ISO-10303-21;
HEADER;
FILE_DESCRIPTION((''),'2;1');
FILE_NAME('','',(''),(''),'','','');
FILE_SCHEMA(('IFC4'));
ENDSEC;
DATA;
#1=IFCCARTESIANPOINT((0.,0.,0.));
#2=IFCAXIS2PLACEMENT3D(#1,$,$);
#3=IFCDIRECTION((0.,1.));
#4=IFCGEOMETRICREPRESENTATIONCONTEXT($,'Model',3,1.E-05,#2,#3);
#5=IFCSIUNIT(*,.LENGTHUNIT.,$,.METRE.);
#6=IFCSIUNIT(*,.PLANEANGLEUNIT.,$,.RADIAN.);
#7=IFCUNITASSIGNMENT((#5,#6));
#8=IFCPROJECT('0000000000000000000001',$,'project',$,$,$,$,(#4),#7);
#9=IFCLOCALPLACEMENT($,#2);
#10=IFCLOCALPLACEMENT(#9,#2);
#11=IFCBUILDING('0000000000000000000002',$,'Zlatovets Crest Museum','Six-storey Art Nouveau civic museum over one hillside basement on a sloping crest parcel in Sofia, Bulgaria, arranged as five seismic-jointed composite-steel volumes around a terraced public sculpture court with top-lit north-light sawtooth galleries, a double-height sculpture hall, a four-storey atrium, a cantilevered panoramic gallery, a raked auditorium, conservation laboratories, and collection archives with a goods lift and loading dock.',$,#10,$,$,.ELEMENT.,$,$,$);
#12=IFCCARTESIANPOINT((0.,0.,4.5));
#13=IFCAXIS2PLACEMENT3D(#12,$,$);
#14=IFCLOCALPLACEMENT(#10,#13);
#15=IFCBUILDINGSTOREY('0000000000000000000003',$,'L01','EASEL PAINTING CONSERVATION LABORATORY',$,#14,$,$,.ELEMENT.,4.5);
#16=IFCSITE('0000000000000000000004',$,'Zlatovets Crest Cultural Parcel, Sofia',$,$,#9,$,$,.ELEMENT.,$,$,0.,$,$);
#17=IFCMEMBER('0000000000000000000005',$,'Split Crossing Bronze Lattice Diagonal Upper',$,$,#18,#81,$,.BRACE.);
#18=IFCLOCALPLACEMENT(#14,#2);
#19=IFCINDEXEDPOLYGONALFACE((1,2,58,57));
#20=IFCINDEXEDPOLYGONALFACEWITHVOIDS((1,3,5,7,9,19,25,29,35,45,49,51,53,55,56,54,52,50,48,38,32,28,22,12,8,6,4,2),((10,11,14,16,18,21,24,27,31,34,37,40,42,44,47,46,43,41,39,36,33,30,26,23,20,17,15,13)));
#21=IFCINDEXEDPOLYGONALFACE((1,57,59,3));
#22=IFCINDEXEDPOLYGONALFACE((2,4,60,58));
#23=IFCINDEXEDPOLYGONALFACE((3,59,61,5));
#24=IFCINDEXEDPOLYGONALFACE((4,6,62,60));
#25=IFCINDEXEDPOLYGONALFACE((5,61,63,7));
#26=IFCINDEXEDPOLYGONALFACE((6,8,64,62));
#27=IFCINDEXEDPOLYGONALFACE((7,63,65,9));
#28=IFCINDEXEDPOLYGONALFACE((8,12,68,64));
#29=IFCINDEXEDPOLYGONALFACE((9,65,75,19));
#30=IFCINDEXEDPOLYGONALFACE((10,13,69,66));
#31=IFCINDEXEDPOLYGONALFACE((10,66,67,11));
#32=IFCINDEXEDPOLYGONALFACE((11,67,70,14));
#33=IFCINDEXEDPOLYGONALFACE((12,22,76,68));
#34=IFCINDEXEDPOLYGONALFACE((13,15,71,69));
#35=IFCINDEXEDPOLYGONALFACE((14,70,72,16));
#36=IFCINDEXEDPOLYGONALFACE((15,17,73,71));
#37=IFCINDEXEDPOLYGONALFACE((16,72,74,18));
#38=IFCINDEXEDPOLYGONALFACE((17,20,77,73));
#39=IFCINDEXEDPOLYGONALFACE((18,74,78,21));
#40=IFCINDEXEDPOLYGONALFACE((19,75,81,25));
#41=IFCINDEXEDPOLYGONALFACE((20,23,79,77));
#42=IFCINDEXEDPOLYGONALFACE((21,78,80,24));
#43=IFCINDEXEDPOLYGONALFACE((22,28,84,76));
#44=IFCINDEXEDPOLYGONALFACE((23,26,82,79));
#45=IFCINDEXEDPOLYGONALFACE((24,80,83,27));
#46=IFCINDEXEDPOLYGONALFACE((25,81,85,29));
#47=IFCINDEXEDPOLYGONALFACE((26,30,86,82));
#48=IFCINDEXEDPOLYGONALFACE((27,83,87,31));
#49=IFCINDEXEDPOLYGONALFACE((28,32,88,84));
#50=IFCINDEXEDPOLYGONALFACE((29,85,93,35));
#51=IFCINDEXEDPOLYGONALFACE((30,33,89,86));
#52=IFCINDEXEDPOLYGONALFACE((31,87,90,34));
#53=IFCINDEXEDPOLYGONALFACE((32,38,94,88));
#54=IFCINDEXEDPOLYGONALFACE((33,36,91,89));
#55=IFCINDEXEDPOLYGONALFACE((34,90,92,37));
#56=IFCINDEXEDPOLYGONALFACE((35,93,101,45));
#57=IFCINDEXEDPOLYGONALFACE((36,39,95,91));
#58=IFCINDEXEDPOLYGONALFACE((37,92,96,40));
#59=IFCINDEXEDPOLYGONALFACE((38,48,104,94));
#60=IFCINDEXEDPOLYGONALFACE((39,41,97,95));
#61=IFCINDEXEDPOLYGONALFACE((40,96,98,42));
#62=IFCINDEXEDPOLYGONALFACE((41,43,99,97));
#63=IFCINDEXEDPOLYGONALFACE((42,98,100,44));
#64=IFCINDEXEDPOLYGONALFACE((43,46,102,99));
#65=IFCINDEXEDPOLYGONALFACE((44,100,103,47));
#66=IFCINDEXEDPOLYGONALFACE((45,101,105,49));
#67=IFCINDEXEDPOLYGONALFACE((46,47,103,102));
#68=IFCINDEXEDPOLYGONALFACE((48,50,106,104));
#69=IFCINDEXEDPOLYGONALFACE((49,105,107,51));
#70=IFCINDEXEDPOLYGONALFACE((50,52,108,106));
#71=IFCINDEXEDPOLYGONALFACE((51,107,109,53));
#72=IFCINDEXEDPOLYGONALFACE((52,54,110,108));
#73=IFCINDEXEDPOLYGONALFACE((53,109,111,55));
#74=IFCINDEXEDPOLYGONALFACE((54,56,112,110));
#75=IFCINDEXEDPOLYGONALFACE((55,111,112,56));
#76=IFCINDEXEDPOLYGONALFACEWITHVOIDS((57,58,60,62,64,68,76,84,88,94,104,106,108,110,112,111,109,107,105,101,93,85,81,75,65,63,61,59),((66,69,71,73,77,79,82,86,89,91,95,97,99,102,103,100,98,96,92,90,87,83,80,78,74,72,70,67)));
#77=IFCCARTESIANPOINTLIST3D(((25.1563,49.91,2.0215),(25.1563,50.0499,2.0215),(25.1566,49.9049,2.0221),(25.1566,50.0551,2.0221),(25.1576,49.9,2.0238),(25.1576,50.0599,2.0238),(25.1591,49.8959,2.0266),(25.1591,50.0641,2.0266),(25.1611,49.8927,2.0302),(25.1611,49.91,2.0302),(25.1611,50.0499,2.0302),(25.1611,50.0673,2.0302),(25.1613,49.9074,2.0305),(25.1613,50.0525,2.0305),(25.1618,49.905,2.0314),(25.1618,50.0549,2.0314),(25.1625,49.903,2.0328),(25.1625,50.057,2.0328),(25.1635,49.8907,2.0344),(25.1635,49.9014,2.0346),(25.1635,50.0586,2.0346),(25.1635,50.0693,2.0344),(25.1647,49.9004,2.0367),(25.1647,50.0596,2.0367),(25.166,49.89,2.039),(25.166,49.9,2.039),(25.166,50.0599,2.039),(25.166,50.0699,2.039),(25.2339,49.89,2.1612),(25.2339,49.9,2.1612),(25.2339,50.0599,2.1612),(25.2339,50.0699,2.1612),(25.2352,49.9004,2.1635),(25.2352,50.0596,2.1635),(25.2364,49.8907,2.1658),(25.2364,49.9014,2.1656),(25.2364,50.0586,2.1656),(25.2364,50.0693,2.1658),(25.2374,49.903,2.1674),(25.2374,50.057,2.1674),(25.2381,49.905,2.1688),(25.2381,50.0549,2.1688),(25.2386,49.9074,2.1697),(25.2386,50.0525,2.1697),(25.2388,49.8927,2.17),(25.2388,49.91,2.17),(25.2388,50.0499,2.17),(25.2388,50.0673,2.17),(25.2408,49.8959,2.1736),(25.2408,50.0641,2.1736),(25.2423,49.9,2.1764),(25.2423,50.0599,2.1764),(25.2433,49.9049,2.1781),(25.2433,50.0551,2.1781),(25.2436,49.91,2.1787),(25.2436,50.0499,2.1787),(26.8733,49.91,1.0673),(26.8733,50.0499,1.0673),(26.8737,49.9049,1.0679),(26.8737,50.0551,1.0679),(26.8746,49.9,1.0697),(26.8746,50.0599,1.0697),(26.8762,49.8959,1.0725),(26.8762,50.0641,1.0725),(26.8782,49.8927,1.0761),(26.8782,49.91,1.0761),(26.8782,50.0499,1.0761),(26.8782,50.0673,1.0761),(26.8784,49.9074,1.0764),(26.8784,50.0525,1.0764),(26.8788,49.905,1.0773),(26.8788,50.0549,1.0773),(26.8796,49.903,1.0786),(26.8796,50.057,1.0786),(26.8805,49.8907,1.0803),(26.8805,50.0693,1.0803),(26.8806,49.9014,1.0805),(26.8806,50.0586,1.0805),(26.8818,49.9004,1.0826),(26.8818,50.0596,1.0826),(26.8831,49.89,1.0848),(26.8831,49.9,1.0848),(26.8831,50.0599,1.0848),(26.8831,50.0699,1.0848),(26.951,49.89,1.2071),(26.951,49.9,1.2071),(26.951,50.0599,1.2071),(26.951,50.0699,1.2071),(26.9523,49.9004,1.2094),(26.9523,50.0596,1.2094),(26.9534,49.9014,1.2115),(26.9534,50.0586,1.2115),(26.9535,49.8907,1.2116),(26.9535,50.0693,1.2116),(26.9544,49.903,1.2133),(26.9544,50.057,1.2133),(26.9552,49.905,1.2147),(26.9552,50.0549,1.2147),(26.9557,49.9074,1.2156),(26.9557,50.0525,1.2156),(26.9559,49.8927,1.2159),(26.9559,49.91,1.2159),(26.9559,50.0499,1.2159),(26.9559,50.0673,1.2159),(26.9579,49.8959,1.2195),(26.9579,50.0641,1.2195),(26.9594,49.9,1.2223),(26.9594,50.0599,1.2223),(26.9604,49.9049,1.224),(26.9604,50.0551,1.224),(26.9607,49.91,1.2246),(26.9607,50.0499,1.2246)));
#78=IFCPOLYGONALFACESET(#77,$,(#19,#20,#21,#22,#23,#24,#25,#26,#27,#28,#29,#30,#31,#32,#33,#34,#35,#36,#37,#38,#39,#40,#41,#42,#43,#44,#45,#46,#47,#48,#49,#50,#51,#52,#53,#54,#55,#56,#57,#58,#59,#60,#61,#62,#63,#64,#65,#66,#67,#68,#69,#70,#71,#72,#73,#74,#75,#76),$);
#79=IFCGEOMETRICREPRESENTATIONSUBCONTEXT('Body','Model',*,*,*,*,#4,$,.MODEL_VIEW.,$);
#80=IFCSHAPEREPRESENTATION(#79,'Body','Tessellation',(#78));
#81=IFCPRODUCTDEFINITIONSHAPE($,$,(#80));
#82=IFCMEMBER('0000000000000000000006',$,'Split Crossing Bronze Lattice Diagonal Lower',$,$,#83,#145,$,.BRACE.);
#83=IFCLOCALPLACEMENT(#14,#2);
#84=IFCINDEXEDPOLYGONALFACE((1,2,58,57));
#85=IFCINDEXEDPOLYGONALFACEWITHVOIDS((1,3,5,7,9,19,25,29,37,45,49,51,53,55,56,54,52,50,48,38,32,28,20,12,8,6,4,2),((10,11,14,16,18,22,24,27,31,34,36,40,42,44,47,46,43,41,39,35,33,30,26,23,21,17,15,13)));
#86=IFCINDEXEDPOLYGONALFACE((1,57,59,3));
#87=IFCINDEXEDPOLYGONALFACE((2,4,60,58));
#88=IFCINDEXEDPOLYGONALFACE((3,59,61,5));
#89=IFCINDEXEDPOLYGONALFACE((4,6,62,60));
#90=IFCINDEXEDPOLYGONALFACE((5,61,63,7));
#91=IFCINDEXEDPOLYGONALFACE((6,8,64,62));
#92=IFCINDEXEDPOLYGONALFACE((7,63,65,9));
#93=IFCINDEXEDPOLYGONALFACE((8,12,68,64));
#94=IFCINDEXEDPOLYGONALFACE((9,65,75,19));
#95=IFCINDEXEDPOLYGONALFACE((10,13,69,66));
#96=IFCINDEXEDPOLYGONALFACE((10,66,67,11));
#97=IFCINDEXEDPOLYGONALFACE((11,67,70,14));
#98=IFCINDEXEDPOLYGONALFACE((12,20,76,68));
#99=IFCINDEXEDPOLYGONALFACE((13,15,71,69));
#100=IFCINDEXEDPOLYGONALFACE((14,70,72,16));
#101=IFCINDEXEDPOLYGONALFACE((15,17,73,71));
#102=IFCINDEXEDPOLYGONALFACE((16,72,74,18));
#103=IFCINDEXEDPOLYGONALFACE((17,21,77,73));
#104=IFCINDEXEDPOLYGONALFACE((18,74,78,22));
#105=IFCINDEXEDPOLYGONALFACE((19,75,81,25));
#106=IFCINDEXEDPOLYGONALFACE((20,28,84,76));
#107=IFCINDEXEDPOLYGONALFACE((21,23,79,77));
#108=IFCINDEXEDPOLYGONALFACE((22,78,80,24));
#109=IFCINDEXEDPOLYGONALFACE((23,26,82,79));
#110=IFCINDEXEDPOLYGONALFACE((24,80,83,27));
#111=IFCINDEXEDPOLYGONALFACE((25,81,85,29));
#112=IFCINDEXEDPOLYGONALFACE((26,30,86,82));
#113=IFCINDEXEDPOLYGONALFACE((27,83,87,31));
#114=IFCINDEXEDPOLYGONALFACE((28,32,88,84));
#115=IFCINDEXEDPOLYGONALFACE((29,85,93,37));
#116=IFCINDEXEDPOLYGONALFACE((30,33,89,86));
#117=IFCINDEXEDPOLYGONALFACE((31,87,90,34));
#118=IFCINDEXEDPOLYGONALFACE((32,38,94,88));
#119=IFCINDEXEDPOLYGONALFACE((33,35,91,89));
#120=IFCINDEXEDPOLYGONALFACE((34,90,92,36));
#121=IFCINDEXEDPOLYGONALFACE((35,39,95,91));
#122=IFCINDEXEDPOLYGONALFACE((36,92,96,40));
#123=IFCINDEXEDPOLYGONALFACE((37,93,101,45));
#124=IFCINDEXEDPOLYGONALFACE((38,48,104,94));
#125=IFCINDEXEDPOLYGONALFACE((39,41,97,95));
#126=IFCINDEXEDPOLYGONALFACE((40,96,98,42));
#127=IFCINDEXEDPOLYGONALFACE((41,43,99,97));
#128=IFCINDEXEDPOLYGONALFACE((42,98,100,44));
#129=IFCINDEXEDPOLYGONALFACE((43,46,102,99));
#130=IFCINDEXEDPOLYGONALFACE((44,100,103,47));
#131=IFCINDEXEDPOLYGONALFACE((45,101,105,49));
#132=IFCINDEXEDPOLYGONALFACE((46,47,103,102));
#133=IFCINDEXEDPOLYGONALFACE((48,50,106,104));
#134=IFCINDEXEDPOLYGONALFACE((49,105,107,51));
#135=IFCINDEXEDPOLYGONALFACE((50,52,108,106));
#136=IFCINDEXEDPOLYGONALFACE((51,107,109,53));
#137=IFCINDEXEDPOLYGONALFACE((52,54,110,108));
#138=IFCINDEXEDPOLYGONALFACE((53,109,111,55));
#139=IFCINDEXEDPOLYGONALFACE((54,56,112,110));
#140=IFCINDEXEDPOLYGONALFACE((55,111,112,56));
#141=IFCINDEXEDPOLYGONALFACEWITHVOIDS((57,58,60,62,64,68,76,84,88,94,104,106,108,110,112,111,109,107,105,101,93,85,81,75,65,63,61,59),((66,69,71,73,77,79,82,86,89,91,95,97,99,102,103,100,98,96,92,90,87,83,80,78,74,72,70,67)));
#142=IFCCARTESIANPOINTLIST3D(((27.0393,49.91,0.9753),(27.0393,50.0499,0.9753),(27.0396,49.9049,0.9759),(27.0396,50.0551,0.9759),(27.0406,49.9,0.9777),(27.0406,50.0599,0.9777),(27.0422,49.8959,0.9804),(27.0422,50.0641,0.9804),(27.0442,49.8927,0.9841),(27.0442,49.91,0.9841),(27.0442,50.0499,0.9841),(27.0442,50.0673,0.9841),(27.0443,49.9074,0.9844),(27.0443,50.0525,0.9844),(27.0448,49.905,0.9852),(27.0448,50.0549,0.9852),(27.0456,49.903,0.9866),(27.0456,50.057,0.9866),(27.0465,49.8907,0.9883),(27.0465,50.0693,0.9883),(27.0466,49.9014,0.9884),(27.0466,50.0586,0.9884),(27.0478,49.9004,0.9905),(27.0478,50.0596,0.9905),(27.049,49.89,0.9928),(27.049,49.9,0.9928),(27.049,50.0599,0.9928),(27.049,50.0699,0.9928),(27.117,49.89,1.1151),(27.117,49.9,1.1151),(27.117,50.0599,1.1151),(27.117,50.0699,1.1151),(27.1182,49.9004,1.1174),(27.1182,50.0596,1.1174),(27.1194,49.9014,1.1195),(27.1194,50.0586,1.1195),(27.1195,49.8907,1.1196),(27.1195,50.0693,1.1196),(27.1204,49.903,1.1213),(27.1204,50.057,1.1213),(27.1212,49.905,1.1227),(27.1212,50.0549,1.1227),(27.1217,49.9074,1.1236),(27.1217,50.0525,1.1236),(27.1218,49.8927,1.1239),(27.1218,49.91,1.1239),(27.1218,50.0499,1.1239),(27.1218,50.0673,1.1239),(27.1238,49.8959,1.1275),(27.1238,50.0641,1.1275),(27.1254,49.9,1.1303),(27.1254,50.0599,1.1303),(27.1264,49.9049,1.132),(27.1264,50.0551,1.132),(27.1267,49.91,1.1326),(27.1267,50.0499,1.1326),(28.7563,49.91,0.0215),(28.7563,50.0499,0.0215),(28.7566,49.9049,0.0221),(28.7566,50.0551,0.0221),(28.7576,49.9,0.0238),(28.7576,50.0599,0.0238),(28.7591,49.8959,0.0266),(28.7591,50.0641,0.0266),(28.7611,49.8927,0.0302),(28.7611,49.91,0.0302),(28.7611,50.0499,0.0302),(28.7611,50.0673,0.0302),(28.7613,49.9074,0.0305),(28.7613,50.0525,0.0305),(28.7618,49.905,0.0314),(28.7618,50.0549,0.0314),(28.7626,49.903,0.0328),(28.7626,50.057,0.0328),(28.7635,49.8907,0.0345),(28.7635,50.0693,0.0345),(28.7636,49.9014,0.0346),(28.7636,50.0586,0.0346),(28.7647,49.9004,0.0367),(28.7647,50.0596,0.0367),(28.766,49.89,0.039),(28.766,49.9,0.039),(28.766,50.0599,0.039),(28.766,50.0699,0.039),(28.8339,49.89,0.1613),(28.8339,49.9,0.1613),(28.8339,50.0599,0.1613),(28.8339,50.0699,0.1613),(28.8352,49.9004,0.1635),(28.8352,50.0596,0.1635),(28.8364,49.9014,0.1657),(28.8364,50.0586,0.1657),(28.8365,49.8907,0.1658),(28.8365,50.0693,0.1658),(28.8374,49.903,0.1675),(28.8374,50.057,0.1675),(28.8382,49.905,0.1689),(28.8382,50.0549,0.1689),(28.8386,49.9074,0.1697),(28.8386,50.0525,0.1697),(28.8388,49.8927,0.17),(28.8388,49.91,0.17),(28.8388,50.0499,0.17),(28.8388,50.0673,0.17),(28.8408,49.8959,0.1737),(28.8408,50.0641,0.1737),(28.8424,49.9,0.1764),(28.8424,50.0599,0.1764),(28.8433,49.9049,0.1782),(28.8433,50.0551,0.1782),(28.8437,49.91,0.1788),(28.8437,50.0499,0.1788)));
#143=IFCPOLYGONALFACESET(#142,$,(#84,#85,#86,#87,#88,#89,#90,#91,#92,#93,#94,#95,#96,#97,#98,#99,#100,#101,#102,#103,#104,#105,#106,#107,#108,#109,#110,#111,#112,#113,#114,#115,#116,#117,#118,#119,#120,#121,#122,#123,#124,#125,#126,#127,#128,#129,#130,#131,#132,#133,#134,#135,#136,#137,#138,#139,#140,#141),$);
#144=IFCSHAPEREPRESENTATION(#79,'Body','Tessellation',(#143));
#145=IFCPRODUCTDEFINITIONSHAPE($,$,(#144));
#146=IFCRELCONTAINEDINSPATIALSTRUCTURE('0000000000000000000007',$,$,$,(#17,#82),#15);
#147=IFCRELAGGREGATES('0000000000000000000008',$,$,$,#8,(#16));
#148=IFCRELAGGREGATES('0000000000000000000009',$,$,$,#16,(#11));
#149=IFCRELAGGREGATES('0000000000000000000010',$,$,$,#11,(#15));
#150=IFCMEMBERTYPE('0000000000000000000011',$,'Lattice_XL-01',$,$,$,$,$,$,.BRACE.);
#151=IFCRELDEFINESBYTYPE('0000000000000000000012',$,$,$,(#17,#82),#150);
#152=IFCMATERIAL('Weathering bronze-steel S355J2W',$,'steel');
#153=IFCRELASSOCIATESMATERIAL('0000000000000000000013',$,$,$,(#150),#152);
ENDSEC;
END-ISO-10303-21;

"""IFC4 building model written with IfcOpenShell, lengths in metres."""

from ifc_helpers import new_model, si_unit, direction, frame, origin, origin_2d, place, context, subcontext, project, spatial, hollow_rectangle, extrude, material, material_profile, profile_set, type_object, element, save


model = new_model("IFC4")

# Units and contexts
model_context = context("Model", 3, precision=1e-05, world=origin(), true_north=direction((0.0, 1.0)))
body_context = subcontext(model_context, "Body", "Model", "MODEL_VIEW")
ifc_project = project(units=[si_unit("LENGTHUNIT", "METRE"), si_unit("PLANEANGLEUNIT", "RADIAN")], contexts=[model_context])

# Site, building, storey
site_placement = place(None, origin())
site = spatial("IfcSite", under=ifc_project, at=site_placement, Name="Zlatovets Crest Cultural Parcel, Sofia", CompositionType="ELEMENT", RefElevation=0.0)
building_placement = place(site_placement, origin())
building = spatial("IfcBuilding", under=site, at=building_placement, Name="Zlatovets Crest Museum", Description="Six-storey Art Nouveau civic museum over one hillside basement on a sloping crest parcel in Sofia, Bulgaria, arranged as five seismic-jointed composite-steel volumes around a terraced public sculpture court with top-lit north-light sawtooth galleries, a double-height sculpture hall, a four-storey atrium, a cantilevered panoramic gallery, a raked auditorium, conservation laboratories, and collection archives with a goods lift and loading dock.", CompositionType="ELEMENT")
storey_placement = place(building_placement, frame((0.0, 0.0, 4.5)))
storey = spatial("IfcBuildingStorey", under=building, at=storey_placement, Name="L01", Description="EASEL PAINTING CONSERVATION LABORATORY", CompositionType="ELEMENT", Elevation=4.5)

# Members
ifc_material_1 = material(Name="Weathering bronze-steel S355J2W", Category="steel")
ifc_material_profile_1 = material_profile(ifc_material_1, hollow_rectangle(XDim=0.1799, YDim=0.1799, WallThickness=0.01, InnerFilletRadius=0.01, OuterFilletRadius=0.02, at=origin_2d()), Name="SHS 180x180x10.0")
ifc_profile_set_1 = profile_set([ifc_material_profile_1], Name="Weathering bronze-steel S355J2W")
member_type_1 = type_object("IfcMemberType", Name="Lattice_XL-01", PredefinedType="BRACE", material=ifc_profile_set_1)
member_1_placement = place(storey_placement, frame((25.2, 49.98, 2.1001), z_axis=(0.874116, 0.0, -0.485717), x_axis=(0.0, 1.0, 0.0)))
element("IfcMember", 1, at=member_1_placement, inside=storey, type_object=member_type_1, Name="Split Crossing Bronze Lattice Diagonal Upper", PredefinedType="BRACE", context=body_context, shape_type="SweptSolid", body=[
    extrude(hollow_rectangle(XDim=0.1799, YDim=0.1799, WallThickness=0.01, InnerFilletRadius=0.01, OuterFilletRadius=0.02, at=origin_2d()), origin(), (0.0, 0.0, 1.0), 1.9644),
])
member_2_placement = place(storey_placement, frame((27.083, 49.98, 1.054), z_axis=(0.874169, 0.0, -0.485622), x_axis=(0.0, 1.0, 0.0)))
element("IfcMember", 2, at=member_2_placement, inside=storey, type_object=member_type_1, Name="Split Crossing Bronze Lattice Diagonal Lower", PredefinedType="BRACE", context=body_context, shape_type="SweptSolid", body=[
    extrude(hollow_rectangle(XDim=0.1799, YDim=0.1799, WallThickness=0.01, InnerFilletRadius=0.01, OuterFilletRadius=0.02, at=origin_2d()), origin(), (0.0, 0.0, 1.0), 1.9641),
])

save(model, "model.ifc")
